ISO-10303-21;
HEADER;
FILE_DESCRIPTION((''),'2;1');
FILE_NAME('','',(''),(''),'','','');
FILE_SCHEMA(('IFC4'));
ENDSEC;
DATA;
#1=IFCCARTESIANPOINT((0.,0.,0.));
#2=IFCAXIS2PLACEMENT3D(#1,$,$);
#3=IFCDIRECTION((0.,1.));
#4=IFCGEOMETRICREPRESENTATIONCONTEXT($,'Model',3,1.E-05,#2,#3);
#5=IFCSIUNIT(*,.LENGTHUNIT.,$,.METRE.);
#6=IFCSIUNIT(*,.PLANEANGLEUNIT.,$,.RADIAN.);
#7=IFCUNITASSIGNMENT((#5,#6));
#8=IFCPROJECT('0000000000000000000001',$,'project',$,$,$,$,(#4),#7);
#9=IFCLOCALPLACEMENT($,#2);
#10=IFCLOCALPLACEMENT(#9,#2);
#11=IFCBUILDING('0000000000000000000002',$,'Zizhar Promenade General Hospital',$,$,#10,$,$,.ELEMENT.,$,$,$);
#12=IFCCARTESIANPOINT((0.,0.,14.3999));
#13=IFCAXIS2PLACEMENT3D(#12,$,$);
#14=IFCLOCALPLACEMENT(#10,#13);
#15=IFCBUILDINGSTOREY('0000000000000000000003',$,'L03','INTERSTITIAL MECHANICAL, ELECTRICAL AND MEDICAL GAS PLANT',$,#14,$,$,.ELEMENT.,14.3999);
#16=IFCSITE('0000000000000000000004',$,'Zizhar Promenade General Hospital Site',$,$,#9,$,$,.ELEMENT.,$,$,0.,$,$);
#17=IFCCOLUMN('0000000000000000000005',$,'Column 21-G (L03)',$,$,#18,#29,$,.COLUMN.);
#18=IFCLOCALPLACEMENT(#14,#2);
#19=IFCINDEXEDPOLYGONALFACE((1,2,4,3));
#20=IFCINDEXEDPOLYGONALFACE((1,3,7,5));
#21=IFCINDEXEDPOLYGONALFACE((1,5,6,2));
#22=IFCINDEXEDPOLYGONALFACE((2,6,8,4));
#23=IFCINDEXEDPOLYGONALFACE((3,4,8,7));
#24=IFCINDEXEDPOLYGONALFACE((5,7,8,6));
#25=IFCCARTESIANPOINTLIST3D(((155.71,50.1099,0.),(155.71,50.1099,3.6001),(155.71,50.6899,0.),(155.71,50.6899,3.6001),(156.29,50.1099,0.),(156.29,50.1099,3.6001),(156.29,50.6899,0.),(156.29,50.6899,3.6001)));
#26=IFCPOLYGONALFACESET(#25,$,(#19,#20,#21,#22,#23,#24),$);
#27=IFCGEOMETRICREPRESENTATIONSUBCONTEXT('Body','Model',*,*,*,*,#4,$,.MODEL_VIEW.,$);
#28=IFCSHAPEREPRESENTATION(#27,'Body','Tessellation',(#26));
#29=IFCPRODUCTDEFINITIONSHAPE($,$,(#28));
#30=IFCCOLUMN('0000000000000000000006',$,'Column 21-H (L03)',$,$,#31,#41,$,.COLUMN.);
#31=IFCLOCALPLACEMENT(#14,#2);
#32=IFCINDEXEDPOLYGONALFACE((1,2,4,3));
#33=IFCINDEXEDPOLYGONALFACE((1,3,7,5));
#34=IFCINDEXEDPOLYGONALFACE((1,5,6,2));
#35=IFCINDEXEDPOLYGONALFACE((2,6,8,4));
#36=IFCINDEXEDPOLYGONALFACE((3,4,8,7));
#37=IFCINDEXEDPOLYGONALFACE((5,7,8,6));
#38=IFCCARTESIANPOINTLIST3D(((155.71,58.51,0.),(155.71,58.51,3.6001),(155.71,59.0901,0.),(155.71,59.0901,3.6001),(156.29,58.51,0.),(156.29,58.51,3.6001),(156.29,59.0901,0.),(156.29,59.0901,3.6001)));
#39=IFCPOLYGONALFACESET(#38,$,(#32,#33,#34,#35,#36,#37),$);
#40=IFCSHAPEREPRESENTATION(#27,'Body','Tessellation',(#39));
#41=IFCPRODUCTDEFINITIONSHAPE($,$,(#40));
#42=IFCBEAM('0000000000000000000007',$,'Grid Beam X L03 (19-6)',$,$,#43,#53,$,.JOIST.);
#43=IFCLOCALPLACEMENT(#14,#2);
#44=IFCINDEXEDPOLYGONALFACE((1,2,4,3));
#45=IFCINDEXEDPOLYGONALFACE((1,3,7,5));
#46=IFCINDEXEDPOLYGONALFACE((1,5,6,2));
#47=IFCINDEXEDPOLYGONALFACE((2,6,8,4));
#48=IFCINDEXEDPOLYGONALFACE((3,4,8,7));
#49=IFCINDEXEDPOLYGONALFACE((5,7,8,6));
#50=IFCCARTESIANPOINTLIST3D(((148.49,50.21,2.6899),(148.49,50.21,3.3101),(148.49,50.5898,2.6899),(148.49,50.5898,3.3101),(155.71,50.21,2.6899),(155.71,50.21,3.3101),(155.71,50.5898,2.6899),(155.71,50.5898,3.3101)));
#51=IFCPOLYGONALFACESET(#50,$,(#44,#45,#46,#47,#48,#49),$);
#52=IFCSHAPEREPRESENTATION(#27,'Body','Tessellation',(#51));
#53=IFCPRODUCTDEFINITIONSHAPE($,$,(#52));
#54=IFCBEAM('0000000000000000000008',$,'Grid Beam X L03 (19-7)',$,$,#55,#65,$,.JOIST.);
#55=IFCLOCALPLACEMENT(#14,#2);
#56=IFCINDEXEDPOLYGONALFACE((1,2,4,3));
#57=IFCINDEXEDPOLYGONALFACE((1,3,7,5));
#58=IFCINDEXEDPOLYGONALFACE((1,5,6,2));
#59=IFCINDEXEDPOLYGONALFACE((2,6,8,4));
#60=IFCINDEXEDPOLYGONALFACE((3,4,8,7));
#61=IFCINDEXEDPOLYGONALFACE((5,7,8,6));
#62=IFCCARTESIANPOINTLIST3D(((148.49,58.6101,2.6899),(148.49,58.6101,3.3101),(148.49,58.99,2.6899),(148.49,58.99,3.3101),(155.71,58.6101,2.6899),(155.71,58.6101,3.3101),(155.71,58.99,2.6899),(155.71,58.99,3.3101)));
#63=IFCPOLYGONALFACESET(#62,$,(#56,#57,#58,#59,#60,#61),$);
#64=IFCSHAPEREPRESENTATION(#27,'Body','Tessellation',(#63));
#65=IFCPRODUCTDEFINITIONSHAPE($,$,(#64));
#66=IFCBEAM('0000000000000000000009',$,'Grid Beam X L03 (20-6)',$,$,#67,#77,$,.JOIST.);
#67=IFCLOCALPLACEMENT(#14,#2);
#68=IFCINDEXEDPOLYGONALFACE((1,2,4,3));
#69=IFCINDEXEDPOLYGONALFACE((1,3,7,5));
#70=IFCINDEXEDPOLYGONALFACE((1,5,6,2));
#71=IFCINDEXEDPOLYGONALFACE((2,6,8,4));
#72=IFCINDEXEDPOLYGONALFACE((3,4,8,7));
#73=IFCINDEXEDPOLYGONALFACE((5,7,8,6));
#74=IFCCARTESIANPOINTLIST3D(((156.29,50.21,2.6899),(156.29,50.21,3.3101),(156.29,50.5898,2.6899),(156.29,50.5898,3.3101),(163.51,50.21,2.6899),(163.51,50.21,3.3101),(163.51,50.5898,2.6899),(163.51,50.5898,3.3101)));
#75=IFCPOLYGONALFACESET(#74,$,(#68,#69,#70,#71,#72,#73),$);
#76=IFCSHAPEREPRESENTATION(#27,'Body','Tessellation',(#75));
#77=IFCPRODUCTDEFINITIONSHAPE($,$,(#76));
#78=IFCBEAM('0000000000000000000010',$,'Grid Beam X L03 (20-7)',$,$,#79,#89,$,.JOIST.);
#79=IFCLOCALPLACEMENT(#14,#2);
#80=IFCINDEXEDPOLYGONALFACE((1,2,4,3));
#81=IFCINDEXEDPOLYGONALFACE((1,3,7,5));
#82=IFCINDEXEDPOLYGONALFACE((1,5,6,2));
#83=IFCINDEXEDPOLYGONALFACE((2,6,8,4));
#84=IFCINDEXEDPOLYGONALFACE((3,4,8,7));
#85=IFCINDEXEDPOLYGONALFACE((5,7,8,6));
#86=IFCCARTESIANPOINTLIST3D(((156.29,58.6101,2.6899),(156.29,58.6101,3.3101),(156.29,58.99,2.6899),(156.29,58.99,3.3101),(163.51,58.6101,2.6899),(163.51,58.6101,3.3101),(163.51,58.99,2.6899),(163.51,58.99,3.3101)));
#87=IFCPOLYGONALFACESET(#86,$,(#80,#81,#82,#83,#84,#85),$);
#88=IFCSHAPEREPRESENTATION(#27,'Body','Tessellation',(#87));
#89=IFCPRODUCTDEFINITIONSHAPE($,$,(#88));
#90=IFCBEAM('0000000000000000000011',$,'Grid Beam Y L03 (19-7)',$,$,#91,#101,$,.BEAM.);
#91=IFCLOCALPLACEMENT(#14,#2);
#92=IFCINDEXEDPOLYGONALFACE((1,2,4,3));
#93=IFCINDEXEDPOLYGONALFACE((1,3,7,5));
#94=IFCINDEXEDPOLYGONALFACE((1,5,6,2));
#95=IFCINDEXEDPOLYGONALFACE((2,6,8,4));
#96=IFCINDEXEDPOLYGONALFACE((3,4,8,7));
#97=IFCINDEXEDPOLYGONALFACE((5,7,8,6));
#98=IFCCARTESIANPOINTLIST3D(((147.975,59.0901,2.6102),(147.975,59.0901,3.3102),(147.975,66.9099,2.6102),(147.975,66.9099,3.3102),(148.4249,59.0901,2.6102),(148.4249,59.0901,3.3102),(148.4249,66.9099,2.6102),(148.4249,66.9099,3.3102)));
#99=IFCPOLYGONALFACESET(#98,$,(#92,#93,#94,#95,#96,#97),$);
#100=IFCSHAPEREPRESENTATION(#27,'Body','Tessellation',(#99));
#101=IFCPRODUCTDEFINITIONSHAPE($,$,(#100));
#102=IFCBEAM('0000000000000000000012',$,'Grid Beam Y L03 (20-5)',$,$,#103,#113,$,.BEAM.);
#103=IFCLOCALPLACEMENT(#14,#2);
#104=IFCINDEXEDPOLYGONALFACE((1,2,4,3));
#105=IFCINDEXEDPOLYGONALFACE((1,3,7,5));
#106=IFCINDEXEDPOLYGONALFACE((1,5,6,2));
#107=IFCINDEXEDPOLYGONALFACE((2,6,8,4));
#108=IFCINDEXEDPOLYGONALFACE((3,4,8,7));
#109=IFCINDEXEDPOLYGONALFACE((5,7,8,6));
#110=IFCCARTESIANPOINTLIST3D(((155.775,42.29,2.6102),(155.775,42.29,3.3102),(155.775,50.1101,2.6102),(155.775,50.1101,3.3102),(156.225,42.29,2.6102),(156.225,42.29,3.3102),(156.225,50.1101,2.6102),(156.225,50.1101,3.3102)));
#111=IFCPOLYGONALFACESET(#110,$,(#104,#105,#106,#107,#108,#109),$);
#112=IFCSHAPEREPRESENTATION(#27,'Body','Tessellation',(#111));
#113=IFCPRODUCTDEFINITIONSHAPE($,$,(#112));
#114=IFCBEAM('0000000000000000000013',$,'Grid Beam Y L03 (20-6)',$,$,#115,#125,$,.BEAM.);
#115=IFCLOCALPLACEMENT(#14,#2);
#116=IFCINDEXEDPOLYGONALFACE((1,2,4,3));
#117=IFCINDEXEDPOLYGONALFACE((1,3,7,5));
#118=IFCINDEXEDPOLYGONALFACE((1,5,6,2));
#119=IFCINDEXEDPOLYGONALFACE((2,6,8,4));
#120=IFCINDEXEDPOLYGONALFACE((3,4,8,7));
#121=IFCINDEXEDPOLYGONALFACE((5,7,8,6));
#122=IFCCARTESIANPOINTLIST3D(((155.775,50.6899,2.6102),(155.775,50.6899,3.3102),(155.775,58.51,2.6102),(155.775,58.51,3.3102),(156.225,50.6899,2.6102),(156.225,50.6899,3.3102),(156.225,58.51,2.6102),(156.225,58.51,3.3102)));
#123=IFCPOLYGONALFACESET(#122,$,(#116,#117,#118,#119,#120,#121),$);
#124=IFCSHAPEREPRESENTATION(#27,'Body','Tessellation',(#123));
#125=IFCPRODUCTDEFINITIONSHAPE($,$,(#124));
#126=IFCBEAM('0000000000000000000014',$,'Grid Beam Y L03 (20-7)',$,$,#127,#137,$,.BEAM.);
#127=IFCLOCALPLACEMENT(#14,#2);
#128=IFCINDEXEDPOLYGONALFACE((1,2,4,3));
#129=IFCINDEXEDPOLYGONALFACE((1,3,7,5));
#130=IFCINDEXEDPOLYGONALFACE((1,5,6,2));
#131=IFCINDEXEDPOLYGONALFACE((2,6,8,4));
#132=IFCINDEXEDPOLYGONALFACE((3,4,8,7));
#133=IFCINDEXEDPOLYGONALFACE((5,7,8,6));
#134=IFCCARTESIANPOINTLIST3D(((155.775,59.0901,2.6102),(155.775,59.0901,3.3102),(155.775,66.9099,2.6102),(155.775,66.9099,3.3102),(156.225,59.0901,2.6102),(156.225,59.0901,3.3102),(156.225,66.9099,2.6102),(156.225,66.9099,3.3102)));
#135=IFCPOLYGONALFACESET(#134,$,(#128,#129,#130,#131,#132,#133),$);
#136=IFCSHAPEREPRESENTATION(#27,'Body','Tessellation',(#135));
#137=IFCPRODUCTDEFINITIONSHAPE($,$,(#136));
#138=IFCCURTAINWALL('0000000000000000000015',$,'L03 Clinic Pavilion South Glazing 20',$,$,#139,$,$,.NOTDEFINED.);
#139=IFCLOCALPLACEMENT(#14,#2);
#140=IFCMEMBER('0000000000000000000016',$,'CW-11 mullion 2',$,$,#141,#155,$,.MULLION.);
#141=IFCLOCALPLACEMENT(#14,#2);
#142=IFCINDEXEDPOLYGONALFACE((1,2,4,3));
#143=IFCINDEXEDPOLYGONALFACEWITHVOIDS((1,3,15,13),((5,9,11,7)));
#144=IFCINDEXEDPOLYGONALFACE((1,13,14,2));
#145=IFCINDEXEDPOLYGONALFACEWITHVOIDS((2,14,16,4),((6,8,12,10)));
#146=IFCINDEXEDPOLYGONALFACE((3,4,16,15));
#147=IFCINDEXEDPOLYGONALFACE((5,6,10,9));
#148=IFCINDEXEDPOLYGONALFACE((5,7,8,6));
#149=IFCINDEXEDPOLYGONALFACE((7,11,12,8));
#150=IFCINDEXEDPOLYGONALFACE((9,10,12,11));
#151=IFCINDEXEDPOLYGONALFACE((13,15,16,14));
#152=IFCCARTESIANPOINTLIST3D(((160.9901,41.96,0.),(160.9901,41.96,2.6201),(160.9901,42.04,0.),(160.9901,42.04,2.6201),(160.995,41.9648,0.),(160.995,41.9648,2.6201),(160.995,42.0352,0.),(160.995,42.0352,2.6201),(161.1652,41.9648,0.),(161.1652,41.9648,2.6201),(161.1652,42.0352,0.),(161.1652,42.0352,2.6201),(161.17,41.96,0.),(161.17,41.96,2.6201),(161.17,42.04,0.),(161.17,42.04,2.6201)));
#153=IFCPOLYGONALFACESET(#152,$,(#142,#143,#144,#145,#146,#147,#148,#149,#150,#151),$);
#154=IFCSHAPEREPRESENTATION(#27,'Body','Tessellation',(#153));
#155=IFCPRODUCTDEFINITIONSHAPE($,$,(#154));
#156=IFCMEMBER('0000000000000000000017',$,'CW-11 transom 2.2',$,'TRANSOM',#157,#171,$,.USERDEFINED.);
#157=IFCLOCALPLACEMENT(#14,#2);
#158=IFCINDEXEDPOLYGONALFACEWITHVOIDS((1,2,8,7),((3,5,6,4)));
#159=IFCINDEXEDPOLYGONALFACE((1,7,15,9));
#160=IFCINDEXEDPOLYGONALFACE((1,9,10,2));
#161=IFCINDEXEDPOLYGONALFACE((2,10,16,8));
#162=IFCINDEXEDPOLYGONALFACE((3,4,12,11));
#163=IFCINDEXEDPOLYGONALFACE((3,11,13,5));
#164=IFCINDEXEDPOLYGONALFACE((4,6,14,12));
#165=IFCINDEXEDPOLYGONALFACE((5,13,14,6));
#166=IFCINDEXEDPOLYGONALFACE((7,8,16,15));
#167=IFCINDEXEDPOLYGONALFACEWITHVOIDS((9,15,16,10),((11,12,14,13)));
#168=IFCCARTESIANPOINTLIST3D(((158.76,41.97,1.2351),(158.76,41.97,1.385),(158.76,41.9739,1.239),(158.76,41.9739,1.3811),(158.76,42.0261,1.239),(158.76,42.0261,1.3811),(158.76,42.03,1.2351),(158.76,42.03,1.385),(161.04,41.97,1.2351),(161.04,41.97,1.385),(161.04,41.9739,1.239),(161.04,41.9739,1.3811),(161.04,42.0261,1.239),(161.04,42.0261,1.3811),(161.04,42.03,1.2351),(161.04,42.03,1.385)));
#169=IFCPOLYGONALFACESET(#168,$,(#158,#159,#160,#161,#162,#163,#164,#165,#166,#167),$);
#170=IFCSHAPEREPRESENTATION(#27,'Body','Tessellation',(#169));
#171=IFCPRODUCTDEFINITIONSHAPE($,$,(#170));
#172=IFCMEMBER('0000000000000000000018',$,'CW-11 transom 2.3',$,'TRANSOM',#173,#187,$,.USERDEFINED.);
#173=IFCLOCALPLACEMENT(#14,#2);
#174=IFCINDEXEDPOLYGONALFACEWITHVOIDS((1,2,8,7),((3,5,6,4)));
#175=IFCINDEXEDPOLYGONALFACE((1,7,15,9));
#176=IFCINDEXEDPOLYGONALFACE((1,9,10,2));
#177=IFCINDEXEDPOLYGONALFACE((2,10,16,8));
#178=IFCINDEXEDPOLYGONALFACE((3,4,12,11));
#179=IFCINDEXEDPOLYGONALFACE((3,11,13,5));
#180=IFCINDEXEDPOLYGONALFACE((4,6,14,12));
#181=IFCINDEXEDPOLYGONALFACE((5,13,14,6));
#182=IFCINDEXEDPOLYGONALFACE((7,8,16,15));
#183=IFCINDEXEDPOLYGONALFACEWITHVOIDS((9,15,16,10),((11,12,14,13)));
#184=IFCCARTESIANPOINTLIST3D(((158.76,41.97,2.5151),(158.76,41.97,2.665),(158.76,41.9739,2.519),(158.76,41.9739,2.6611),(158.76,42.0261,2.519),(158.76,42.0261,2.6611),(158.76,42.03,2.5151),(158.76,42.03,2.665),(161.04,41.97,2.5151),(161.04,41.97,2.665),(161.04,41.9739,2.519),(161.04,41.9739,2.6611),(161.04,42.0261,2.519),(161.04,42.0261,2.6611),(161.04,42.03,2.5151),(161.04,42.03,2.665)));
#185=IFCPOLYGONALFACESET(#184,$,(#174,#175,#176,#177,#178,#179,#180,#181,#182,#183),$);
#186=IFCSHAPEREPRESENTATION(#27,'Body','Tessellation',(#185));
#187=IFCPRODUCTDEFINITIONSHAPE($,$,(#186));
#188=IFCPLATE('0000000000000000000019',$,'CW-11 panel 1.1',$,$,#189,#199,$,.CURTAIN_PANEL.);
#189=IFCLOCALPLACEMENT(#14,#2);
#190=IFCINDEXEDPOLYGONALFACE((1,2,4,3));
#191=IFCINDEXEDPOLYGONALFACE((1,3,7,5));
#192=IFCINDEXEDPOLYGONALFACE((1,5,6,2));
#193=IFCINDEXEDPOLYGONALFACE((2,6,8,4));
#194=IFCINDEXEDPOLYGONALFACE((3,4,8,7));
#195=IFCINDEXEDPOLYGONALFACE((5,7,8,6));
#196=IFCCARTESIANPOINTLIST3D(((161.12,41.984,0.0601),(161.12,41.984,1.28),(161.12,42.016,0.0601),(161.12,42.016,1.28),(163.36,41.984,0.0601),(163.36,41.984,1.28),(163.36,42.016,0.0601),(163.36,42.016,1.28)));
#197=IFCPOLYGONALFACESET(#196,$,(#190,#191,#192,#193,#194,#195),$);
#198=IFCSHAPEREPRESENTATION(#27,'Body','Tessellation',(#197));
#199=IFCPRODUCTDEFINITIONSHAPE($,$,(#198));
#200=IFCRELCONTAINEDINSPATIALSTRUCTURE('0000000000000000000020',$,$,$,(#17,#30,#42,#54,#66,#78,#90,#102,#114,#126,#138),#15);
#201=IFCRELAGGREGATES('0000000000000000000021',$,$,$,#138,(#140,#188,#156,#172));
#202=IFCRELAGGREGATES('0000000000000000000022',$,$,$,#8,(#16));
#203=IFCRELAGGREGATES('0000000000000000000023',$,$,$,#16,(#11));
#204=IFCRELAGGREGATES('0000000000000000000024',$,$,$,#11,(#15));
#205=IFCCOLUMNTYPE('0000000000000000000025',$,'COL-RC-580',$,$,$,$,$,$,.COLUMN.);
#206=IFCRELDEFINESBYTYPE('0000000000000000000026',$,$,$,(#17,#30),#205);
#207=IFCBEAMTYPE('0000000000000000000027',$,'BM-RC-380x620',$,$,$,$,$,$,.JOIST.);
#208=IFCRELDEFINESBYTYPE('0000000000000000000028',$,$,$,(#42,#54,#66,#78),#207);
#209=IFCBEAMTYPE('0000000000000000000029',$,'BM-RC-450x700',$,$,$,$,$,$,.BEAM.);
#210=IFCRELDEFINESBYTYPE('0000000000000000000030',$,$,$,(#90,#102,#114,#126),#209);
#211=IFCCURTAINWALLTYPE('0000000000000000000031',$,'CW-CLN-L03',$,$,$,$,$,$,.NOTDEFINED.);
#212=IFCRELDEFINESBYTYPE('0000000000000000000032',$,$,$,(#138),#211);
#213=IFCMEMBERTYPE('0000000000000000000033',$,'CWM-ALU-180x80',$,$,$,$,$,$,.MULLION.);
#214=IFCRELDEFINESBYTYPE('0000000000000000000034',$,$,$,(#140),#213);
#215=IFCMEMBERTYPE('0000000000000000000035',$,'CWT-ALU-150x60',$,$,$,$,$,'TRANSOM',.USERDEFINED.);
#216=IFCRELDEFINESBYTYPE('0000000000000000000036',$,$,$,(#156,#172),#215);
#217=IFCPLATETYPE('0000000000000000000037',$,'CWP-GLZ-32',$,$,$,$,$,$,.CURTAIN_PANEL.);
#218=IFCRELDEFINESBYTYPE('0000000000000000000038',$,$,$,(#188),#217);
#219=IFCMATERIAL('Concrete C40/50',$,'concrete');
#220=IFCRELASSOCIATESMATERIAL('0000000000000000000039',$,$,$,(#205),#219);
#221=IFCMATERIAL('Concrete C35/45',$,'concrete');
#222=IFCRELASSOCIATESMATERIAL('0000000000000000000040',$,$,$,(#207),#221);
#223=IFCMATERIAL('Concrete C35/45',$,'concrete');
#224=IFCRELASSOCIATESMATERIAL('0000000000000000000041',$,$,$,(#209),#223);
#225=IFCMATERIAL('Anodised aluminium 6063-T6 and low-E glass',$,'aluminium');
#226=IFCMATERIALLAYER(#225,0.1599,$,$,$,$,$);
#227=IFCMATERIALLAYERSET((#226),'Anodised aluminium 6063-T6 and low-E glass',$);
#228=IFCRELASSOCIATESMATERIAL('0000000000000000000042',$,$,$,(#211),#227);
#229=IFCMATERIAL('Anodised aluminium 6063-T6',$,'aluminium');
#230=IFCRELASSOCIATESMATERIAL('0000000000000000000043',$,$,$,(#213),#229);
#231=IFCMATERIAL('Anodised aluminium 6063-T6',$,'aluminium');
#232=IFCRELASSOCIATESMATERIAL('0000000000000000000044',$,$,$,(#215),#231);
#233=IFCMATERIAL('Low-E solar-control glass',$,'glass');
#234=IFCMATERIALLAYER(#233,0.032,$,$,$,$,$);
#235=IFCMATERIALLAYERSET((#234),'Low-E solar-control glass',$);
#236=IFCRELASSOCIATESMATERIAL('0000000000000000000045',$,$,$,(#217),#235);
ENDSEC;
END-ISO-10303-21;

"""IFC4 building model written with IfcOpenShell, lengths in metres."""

from ifc_helpers import new_model, si_unit, direction, frame, origin, origin_2d, place, context, subcontext, project, spatial, rectangle, hollow_rectangle, extrude, material, layer, layer_set, material_profile, profile_set, type_object, element, aggregate, save


model = new_model("IFC4")

# Units and contexts
model_context = context("Model", 3, precision=1e-05, world=origin(), true_north=direction((0.0, 1.0)))
body_context = subcontext(model_context, "Body", "Model", "MODEL_VIEW")
ifc_project = project(units=[si_unit("LENGTHUNIT", "METRE"), si_unit("PLANEANGLEUNIT", "RADIAN")], contexts=[model_context])

# Site, building, storey
site_placement = place(None, origin())
site = spatial("IfcSite", under=ifc_project, at=site_placement, Name="Zizhar Promenade General Hospital Site", CompositionType="ELEMENT", RefElevation=0.0)
building_placement = place(site_placement, origin())
building = spatial("IfcBuilding", under=site, at=building_placement, Name="Zizhar Promenade General Hospital", CompositionType="ELEMENT")
storey_placement = place(building_placement, frame((0.0, 0.0, 14.3999)))
storey = spatial("IfcBuildingStorey", under=building, at=storey_placement, Name="L03", Description="INTERSTITIAL MECHANICAL, ELECTRICAL AND MEDICAL GAS PLANT", CompositionType="ELEMENT", Elevation=14.3999)

# Columns
ifc_material_1 = material(Name="Concrete C40/50", Category="concrete")
ifc_material_profile_1 = material_profile(ifc_material_1, rectangle(XDim=0.5801, YDim=0.5801, at=origin_2d()))
ifc_profile_set_1 = profile_set([ifc_material_profile_1], Name="Concrete C40/50")
column_type = type_object("IfcColumnType", Name="COL-RC-580", PredefinedType="COLUMN", material=ifc_profile_set_1)
for number, where, z_axis, x_axis, name in (
    (1, (156.0, 50.3999, 0.0), (0.0, 0.0, 1.0), (1.0, 0.0, 0.0), "Column 21-G (L03)"),
    (2, (156.0, 58.8, 0.0), (0.0, 0.0, 1.0), (1.0, 0.0, 0.0), "Column 21-H (L03)"),
):
    element("IfcColumn", number, at=place(storey_placement, frame(where, z_axis=z_axis, x_axis=x_axis)), inside=storey, type_object=column_type, Name=name, PredefinedType="COLUMN", context=body_context, shape_type="SweptSolid", body=[
        extrude(rectangle(XDim=0.5801, YDim=0.5801, at=origin_2d()), origin(), (0.0, 0.0, 1.0), 3.6001),
    ])

# Beams
ifc_material_2 = material(Name="Concrete C35/45", Category="concrete")
ifc_material_profile_2 = material_profile(ifc_material_2, rectangle(XDim=0.3799, YDim=0.6201, at=origin_2d()))
ifc_profile_set_2 = profile_set([ifc_material_profile_2], Name="Concrete C35/45")
beam_type_1 = type_object("IfcBeamType", Name="BM-RC-380x620", PredefinedType="JOIST", material=ifc_profile_set_2)
for number, where, z_axis, x_axis, name in (
    (3, (148.49, 50.3999, 3.0), (1.0, 0.0, 0.0), (0.0, 1.0, 0.0), "Grid Beam X L03 (19-6)"),
    (4, (148.49, 58.8, 3.0), (1.0, 0.0, 0.0), (0.0, 1.0, 0.0), "Grid Beam X L03 (19-7)"),
    (5, (156.29, 50.3999, 3.0), (1.0, 0.0, 0.0), (0.0, 1.0, 0.0), "Grid Beam X L03 (20-6)"),
    (6, (156.29, 58.8, 3.0), (1.0, 0.0, 0.0), (0.0, 1.0, 0.0), "Grid Beam X L03 (20-7)"),
):
    element("IfcBeam", number, at=place(storey_placement, frame(where, z_axis=z_axis, x_axis=x_axis)), inside=storey, type_object=beam_type_1, Name=name, PredefinedType="JOIST", context=body_context, shape_type="SweptSolid", body=[
        extrude(rectangle(XDim=0.3799, YDim=0.6201, at=origin_2d()), origin(), (0.0, 0.0, 1.0), 7.22),
    ])
ifc_material_3 = material(Name="Concrete C35/45", Category="concrete")
ifc_material_profile_3 = material_profile(ifc_material_3, rectangle(XDim=0.45, YDim=0.7, at=origin_2d()))
ifc_profile_set_3 = profile_set([ifc_material_profile_3], Name="Concrete C35/45")
beam_type_2 = type_object("IfcBeamType", Name="BM-RC-450x700", PredefinedType="BEAM", material=ifc_profile_set_3)
beam_1_placement = place(storey_placement, frame((148.2, 59.0901, 2.9602), z_axis=(0.0, 1.0, 0.0), x_axis=(-1.0, 0.0, 0.0)))
element("IfcBeam", 7, at=beam_1_placement, inside=storey, type_object=beam_type_2, Name="Grid Beam Y L03 (19-7)", PredefinedType="BEAM", context=body_context, shape_type="SweptSolid", body=[
    extrude(rectangle(XDim=0.45, YDim=0.7, at=origin_2d()), origin(), (0.0, 0.0, 1.0), 7.8198),
])
for number, where, z_axis, x_axis, name in (
    (8, (156.0, 42.29, 2.9602), (0.0, 1.0, 0.0), (-1.0, 0.0, 0.0), "Grid Beam Y L03 (20-5)"),
    (9, (156.0, 50.6899, 2.9602), (0.0, 1.0, 0.0), (-1.0, 0.0, 0.0), "Grid Beam Y L03 (20-6)"),
):
    element("IfcBeam", number, at=place(storey_placement, frame(where, z_axis=z_axis, x_axis=x_axis)), inside=storey, type_object=beam_type_2, Name=name, PredefinedType="BEAM", context=body_context, shape_type="SweptSolid", body=[
        extrude(rectangle(XDim=0.45, YDim=0.7, at=origin_2d()), origin(), (0.0, 0.0, 1.0), 7.8201),
    ])
beam_2_placement = place(storey_placement, frame((156.0, 59.0901, 2.9602), z_axis=(0.0, 1.0, 0.0), x_axis=(-1.0, 0.0, 0.0)))
element("IfcBeam", 10, at=beam_2_placement, inside=storey, type_object=beam_type_2, Name="Grid Beam Y L03 (20-7)", PredefinedType="BEAM", context=body_context, shape_type="SweptSolid", body=[
    extrude(rectangle(XDim=0.45, YDim=0.7, at=origin_2d()), origin(), (0.0, 0.0, 1.0), 7.8198),
])

# Curtain wall, members, plate
ifc_material_4 = material(Name="Anodised aluminium 6063-T6 and low-E glass", Category="aluminium")
ifc_layer_1 = layer(ifc_material_4, 0.1599)
ifc_layer_set_1 = layer_set([ifc_layer_1], Name="Anodised aluminium 6063-T6 and low-E glass")
curtain_wall_type = type_object("IfcCurtainWallType", Name="CW-CLN-L03", PredefinedType="NOTDEFINED", material=ifc_layer_set_1)
curtain_wall_placement = place(storey_placement, origin())
curtain_wall = element("IfcCurtainWall", 11, at=curtain_wall_placement, inside=storey, type_object=curtain_wall_type, Name="L03 Clinic Pavilion South Glazing 20", PredefinedType="NOTDEFINED")
ifc_material_5 = material(Name="Anodised aluminium 6063-T6", Category="aluminium")
ifc_material_profile_4 = material_profile(ifc_material_5, hollow_rectangle(XDim=0.0801, YDim=0.1799, WallThickness=0.0049, at=origin_2d()))
ifc_profile_set_4 = profile_set([ifc_material_profile_4], Name="Anodised aluminium 6063-T6")
member_type_1 = type_object("IfcMemberType", Name="CWM-ALU-180x80", PredefinedType="MULLION", material=ifc_profile_set_4)
member_1_placement = place(storey_placement, frame((161.0801, 42.0, 0.0), z_axis=(0.0, 0.0, 1.0), x_axis=(0.0, -1.0, 0.0)))
member_1 = element("IfcMember", 12, at=member_1_placement, type_object=member_type_1, Name="CW-11 mullion 2", PredefinedType="MULLION", context=body_context, shape_type="SweptSolid", body=[
    extrude(hollow_rectangle(XDim=0.0801, YDim=0.1799, WallThickness=0.0049, at=origin_2d()), origin(), (0.0, 0.0, 1.0), 2.6201),
])
ifc_material_6 = material(Name="Anodised aluminium 6063-T6", Category="aluminium")
ifc_material_profile_5 = material_profile(ifc_material_6, hollow_rectangle(XDim=0.0601, YDim=0.1499, WallThickness=0.0039, at=origin_2d()))
ifc_profile_set_5 = profile_set([ifc_material_profile_5], Name="Anodised aluminium 6063-T6")
member_type_2 = type_object("IfcMemberType", Name="CWT-ALU-150x60", ElementType="TRANSOM", PredefinedType="USERDEFINED", material=ifc_profile_set_5)
member_2_placement = place(storey_placement, frame((161.04, 42.0, 1.3101), z_axis=(-1.0, 0.0, 0.0), x_axis=(0.0, -1.0, 0.0)))
member_2 = element("IfcMember", 13, at=member_2_placement, type_object=member_type_2, Name="CW-11 transom 2.2", ObjectType="TRANSOM", PredefinedType="USERDEFINED", context=body_context, shape_type="SweptSolid", body=[
    extrude(hollow_rectangle(XDim=0.0601, YDim=0.1499, WallThickness=0.0039, at=origin_2d()), origin(), (0.0, 0.0, 1.0), 2.28),
])
member_3_placement = place(storey_placement, frame((161.04, 42.0, 2.5901), z_axis=(-1.0, 0.0, 0.0), x_axis=(0.0, -1.0, 0.0)))
member_3 = element("IfcMember", 14, at=member_3_placement, type_object=member_type_2, Name="CW-11 transom 2.3", ObjectType="TRANSOM", PredefinedType="USERDEFINED", context=body_context, shape_type="SweptSolid", body=[
    extrude(hollow_rectangle(XDim=0.0601, YDim=0.1499, WallThickness=0.0039, at=origin_2d()), origin(), (0.0, 0.0, 1.0), 2.28),
])
ifc_material_7 = material(Name="Low-E solar-control glass", Category="glass")
ifc_layer_2 = layer(ifc_material_7, 0.032)
ifc_layer_set_2 = layer_set([ifc_layer_2], Name="Low-E solar-control glass")
plate_type = type_object("IfcPlateType", Name="CWP-GLZ-32", PredefinedType="CURTAIN_PANEL", material=ifc_layer_set_2)
plate_1_placement = place(storey_placement, frame((162.24, 42.0, 0.0601), z_axis=(0.0, 0.0, 1.0), x_axis=(-1.0, 0.0, 0.0)))
plate_1 = element("IfcPlate", 15, at=plate_1_placement, type_object=plate_type, Name="CW-11 panel 1.1", PredefinedType="CURTAIN_PANEL", context=body_context, shape_type="SweptSolid", body=[
    extrude(rectangle(XDim=2.24, YDim=0.032, at=origin_2d()), origin(), (0.0, 0.0, 1.0), 1.22),
])
aggregate(curtain_wall, [member_1, plate_1, member_2, member_3])

save(model, "model.ifc")
